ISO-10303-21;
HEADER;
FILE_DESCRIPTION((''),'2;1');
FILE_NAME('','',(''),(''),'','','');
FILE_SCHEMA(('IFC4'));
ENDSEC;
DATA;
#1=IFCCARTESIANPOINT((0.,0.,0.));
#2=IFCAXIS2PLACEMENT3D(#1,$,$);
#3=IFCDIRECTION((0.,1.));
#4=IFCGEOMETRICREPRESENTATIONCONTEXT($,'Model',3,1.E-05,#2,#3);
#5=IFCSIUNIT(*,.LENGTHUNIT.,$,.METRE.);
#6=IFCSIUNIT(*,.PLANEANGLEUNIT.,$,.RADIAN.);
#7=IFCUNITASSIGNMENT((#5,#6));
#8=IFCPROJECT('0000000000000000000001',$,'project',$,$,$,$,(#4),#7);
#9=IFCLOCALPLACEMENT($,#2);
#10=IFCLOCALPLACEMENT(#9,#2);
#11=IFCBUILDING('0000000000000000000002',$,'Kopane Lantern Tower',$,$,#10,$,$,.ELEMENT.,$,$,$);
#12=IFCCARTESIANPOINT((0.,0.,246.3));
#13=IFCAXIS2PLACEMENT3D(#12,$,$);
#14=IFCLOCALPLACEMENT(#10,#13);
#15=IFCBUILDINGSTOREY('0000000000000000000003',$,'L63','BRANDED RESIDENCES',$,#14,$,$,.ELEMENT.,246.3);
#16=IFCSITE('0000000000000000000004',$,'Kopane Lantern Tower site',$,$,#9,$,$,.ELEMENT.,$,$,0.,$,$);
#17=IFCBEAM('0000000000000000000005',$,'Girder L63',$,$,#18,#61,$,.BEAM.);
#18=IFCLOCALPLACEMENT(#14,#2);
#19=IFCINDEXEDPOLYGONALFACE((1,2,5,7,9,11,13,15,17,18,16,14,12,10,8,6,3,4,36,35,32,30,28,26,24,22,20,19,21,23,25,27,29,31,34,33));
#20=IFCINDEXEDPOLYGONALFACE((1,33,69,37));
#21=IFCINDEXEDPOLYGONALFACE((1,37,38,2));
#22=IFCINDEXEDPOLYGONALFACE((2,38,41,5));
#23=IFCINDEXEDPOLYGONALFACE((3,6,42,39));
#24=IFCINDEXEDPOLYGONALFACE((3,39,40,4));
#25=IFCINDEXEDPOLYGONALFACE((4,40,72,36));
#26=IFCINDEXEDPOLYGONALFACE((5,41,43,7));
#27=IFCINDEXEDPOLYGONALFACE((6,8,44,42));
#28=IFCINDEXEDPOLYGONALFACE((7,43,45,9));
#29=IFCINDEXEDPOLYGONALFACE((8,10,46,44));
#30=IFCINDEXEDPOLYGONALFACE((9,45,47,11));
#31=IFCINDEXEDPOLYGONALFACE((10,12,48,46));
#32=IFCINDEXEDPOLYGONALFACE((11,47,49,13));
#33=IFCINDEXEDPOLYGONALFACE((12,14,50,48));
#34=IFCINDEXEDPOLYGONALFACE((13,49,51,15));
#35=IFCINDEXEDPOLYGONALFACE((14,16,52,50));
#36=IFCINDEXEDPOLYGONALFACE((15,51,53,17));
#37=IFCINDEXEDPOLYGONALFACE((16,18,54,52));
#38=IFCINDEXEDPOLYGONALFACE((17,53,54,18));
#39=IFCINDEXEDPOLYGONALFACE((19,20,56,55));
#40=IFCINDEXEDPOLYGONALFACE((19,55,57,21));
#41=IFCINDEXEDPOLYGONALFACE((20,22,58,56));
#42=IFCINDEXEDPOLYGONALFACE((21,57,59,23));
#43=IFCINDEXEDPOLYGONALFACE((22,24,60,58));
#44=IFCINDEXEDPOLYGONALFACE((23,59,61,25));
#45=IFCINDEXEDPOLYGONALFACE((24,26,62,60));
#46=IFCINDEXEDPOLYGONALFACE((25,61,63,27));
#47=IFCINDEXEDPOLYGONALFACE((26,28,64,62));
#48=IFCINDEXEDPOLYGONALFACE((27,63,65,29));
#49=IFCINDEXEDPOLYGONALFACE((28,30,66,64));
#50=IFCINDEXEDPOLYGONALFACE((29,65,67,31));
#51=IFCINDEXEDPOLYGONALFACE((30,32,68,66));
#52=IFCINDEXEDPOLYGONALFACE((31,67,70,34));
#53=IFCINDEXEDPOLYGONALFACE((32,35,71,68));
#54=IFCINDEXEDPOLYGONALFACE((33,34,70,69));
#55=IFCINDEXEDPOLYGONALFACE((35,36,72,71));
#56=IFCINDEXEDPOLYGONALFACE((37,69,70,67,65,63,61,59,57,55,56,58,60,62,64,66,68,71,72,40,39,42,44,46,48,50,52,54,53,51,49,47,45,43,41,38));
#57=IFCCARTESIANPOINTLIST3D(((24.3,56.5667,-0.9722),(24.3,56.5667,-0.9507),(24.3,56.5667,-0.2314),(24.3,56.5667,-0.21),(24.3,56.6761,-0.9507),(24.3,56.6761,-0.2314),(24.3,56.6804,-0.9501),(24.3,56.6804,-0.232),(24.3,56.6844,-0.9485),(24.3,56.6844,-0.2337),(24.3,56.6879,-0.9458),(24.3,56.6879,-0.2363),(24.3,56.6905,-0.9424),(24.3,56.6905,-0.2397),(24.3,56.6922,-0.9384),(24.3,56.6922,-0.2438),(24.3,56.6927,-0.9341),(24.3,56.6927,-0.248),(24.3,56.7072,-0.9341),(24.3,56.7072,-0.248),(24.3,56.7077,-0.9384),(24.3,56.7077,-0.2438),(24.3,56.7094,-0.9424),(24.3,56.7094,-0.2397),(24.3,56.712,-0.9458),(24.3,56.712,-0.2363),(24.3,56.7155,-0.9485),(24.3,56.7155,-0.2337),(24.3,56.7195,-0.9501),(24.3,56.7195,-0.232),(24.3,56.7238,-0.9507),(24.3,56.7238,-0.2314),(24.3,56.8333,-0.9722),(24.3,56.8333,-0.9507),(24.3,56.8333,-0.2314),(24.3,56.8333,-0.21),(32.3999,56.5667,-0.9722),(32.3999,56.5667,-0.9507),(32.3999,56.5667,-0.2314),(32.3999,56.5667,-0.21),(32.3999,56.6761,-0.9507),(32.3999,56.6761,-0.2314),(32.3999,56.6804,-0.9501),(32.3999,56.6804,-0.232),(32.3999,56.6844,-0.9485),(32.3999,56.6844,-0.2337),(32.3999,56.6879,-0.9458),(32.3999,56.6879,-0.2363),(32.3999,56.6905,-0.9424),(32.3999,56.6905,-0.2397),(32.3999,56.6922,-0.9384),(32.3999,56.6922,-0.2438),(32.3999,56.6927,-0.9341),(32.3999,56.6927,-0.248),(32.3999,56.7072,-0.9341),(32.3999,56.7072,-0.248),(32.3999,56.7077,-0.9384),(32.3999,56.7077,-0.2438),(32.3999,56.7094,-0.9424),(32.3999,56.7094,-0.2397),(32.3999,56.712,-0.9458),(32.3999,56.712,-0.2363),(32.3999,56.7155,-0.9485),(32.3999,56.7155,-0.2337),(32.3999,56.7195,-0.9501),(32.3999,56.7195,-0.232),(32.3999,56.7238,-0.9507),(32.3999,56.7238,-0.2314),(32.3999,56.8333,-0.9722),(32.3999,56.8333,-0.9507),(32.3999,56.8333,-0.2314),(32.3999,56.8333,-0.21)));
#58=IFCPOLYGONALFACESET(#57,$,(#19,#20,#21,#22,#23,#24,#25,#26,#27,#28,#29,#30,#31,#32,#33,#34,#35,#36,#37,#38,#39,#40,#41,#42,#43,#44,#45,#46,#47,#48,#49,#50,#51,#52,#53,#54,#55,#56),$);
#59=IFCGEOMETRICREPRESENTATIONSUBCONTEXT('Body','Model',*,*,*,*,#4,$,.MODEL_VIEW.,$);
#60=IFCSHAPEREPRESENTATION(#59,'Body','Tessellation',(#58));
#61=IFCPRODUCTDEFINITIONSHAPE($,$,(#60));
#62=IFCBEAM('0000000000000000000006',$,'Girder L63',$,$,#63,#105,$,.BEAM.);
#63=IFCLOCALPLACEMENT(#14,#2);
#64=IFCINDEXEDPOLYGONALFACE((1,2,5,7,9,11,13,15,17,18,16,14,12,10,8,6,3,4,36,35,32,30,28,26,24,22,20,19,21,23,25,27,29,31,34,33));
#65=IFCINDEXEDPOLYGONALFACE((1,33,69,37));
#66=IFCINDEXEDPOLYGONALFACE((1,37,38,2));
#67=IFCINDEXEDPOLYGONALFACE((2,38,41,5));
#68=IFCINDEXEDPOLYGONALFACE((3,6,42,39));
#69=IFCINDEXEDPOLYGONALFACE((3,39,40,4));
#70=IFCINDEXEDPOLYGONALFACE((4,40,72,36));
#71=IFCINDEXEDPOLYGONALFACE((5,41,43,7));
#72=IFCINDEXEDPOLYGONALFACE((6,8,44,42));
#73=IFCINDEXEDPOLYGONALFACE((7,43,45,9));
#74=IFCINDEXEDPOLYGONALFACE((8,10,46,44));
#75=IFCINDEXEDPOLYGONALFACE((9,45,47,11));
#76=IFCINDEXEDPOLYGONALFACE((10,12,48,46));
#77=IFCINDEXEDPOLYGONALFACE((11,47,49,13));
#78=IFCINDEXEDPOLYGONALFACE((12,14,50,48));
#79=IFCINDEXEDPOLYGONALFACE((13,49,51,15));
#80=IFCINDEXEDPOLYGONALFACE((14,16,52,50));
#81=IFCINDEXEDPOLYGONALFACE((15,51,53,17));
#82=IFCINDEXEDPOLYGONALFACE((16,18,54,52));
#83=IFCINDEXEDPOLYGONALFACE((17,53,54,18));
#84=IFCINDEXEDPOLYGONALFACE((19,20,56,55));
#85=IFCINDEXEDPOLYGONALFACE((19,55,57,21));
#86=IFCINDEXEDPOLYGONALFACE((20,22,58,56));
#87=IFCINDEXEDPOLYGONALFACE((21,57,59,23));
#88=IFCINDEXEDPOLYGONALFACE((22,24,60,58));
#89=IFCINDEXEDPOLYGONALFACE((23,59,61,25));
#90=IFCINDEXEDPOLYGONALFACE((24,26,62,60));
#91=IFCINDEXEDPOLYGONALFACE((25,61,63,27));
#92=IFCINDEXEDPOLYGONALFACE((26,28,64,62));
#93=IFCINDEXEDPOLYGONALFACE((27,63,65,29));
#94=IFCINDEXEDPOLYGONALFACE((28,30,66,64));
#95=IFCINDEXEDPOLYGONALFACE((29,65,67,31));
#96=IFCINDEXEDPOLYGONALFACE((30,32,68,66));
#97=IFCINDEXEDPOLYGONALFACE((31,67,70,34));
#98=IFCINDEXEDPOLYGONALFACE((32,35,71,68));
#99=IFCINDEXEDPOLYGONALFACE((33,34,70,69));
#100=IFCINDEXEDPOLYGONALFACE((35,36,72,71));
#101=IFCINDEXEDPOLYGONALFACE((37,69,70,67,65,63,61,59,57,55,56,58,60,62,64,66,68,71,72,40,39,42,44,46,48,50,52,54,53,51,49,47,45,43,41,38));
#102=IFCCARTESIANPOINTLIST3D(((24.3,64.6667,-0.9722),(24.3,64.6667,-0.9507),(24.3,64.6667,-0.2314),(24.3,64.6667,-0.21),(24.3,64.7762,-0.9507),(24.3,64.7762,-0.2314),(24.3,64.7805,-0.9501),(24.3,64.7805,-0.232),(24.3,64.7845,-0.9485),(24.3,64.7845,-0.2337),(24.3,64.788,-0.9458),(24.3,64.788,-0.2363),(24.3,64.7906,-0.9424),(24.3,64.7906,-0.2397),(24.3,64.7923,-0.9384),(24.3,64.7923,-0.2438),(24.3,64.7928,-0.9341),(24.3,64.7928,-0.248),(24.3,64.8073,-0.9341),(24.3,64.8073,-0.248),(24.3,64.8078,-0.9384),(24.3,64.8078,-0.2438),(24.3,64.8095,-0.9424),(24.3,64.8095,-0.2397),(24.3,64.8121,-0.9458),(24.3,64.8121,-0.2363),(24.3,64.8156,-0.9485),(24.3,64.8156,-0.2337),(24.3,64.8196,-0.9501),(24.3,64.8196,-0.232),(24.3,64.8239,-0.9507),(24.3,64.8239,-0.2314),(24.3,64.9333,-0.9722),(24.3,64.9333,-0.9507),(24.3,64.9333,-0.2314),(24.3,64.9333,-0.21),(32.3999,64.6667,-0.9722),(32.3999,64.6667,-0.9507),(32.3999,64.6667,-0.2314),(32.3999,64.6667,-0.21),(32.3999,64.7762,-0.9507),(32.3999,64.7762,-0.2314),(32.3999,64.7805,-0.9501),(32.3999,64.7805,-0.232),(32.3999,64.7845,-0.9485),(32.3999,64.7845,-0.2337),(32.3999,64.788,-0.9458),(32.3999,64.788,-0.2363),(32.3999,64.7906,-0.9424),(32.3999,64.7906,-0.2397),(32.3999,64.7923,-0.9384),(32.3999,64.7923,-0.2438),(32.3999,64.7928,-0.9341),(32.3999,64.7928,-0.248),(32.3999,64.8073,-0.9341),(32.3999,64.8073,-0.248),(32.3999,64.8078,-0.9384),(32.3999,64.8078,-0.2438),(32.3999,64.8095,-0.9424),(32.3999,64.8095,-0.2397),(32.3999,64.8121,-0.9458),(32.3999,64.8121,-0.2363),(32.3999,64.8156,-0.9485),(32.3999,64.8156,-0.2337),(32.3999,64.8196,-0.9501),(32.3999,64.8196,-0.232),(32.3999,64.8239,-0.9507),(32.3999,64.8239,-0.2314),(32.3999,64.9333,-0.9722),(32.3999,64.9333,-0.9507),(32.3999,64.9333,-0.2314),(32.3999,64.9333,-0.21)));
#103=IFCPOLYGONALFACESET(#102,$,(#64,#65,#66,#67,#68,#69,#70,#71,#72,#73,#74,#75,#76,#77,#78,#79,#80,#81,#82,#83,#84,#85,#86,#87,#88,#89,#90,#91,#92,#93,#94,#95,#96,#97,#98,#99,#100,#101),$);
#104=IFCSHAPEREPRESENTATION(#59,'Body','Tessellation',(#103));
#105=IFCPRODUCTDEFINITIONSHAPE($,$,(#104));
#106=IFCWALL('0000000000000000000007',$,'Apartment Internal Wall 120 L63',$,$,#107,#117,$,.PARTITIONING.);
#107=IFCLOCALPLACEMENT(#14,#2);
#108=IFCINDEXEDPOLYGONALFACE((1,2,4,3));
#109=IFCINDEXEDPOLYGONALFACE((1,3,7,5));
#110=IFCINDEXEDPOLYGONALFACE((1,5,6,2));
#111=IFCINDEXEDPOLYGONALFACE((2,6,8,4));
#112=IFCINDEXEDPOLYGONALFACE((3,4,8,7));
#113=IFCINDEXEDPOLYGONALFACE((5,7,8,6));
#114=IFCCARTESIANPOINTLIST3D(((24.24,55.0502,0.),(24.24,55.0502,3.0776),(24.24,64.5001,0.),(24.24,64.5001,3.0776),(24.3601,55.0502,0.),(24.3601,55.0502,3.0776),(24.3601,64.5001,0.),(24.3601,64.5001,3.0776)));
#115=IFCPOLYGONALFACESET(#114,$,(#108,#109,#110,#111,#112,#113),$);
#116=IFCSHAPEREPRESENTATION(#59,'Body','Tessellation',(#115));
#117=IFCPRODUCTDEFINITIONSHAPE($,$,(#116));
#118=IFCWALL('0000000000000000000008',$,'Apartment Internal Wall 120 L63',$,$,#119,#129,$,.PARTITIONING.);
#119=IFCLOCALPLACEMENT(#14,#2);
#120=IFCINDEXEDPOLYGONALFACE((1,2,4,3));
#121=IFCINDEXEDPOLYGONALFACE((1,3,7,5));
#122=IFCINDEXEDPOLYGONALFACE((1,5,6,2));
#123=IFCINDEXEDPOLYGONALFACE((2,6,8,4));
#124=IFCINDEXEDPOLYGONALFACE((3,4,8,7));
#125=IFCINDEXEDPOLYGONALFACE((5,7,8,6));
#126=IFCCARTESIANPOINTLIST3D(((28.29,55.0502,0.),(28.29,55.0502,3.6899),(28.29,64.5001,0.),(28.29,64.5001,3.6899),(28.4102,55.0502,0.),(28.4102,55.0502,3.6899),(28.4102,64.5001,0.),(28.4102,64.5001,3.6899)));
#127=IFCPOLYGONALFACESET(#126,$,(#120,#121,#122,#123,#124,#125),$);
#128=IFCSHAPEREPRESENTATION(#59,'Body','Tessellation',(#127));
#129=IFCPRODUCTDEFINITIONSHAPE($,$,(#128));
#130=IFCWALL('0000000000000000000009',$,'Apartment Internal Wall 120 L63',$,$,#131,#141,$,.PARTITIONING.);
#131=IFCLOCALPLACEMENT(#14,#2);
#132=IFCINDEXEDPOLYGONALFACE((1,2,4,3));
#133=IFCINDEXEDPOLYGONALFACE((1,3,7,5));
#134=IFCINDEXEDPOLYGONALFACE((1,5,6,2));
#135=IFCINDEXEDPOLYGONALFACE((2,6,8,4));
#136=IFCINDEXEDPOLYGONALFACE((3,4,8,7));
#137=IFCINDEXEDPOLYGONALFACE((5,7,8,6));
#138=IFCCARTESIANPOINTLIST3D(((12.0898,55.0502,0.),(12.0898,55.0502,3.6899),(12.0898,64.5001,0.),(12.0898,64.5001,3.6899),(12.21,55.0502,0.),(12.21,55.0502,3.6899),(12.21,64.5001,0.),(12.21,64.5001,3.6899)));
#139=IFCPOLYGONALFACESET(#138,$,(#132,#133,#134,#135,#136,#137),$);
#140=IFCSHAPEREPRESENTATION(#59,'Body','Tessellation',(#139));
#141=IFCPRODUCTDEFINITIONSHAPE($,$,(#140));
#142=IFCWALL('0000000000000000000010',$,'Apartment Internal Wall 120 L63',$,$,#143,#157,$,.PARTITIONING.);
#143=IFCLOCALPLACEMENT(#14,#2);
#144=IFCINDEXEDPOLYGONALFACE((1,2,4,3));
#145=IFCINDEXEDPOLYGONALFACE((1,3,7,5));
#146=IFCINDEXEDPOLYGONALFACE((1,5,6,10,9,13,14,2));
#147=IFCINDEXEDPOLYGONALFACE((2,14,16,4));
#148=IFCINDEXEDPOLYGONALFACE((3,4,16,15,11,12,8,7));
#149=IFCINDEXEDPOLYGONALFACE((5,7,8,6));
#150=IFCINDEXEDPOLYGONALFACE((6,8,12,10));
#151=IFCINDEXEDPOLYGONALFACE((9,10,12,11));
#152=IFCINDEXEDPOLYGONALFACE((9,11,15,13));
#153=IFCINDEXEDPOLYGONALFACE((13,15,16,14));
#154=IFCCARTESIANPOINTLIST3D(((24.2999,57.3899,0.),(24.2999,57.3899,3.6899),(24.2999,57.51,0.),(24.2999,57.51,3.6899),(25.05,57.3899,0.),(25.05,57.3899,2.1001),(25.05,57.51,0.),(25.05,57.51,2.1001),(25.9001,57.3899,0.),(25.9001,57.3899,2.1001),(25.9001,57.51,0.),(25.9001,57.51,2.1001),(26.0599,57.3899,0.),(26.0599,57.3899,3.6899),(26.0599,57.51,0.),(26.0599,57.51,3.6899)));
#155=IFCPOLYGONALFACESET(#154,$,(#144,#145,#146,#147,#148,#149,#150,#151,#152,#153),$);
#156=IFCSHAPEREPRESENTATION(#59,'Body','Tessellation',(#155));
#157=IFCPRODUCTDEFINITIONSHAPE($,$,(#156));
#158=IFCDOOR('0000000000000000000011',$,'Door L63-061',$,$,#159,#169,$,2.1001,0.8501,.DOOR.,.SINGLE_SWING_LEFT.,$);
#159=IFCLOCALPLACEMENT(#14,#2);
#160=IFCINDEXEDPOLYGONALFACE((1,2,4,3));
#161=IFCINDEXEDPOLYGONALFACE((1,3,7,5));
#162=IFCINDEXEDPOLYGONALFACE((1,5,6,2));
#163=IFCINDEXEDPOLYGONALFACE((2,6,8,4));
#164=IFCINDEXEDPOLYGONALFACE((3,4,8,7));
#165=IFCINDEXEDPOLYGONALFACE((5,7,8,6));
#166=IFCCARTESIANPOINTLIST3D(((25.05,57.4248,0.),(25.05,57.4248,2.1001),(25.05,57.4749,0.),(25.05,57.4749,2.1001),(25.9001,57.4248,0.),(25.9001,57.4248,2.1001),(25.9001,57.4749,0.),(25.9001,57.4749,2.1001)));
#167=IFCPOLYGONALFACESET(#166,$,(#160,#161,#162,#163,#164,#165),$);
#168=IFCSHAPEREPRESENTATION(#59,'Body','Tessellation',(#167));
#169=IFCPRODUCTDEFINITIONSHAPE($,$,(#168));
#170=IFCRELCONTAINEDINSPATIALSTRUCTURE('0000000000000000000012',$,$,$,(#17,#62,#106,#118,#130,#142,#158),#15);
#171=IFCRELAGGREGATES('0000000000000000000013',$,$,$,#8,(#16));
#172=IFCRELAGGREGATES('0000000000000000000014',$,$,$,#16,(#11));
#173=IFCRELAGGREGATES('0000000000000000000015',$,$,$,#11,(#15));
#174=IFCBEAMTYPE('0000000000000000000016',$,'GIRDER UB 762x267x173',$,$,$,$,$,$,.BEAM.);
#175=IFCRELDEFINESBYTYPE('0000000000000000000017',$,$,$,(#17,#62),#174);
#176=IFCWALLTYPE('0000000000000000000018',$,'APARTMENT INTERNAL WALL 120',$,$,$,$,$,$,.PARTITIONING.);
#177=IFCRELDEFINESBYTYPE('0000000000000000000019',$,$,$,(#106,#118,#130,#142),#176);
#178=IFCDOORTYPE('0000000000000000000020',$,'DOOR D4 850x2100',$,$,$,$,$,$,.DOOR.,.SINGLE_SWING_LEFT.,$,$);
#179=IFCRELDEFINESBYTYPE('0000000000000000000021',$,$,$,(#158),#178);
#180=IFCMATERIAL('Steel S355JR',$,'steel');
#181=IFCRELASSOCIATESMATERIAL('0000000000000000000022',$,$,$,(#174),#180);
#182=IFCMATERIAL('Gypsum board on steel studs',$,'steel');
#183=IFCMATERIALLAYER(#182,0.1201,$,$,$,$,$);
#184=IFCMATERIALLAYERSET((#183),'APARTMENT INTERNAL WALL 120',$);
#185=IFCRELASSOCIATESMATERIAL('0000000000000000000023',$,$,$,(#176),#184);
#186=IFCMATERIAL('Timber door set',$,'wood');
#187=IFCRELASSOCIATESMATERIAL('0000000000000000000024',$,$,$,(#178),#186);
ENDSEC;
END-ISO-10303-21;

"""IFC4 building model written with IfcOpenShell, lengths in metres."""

from ifc_helpers import new_model, si_unit, direction, frame, frame_2d, origin, origin_2d, place, context, subcontext, project, spatial, rectangle, i_section, extrude, material, layer, layer_set, material_profile, profile_set, type_object, element, fill, save


model = new_model("IFC4")

# Units and contexts
model_context = context("Model", 3, precision=1e-05, world=origin(), true_north=direction((0.0, 1.0)))
body_context = subcontext(model_context, "Body", "Model", "MODEL_VIEW")
ifc_project = project(units=[si_unit("LENGTHUNIT", "METRE"), si_unit("PLANEANGLEUNIT", "RADIAN")], contexts=[model_context])

# Site, building, storey
site_placement = place(None, origin())
site = spatial("IfcSite", under=ifc_project, at=site_placement, Name="Kopane Lantern Tower site", CompositionType="ELEMENT", RefElevation=0.0)
building_placement = place(site_placement, origin())
building = spatial("IfcBuilding", under=site, at=building_placement, Name="Kopane Lantern Tower", CompositionType="ELEMENT")
storey_placement = place(building_placement, frame((0.0, 0.0, 246.3)))
storey = spatial("IfcBuildingStorey", under=building, at=storey_placement, Name="L63", Description="BRANDED RESIDENCES", CompositionType="ELEMENT", Elevation=246.3)

# Beams
ifc_material_1 = material(Name="Steel S355JR", Category="steel")
ifc_material_profile_1 = material_profile(ifc_material_1, i_section(OverallWidth=0.2666, OverallDepth=0.7622, WebThickness=0.0144, FlangeThickness=0.0215, FilletRadius=0.0166, at=origin_2d()), Name="UB 762x267x173")
ifc_profile_set_1 = profile_set([ifc_material_profile_1], Name="Steel S355JR")
beam_type = type_object("IfcBeamType", Name="GIRDER UB 762x267x173", PredefinedType="BEAM", material=ifc_profile_set_1)
for number, where, z_axis, x_axis, name in (
    (1, (24.3, 56.7, -0.5911), (1.0, 0.0, 0.0), (0.0, 1.0, 0.0), "Girder L63"),
    (2, (24.3, 64.8, -0.5911), (1.0, 0.0, 0.0), (0.0, 1.0, 0.0), "Girder L63"),
):
    element("IfcBeam", number, at=place(storey_placement, frame(where, z_axis=z_axis, x_axis=x_axis)), inside=storey, type_object=beam_type, Name=name, PredefinedType="BEAM", context=body_context, shape_type="SweptSolid", body=[
        extrude(i_section(OverallWidth=0.2666, OverallDepth=0.7622, WebThickness=0.0144, FlangeThickness=0.0215, FilletRadius=0.0166, at=origin_2d()), origin(), (0.0, 0.0, 1.0), 8.0999),
    ])

# Walls
ifc_material_2 = material(Name="Gypsum board on steel studs", Category="steel")
ifc_layer_1 = layer(ifc_material_2, 0.1201)
ifc_layer_set_1 = layer_set([ifc_layer_1], Name="APARTMENT INTERNAL WALL 120")
wall_type_1 = type_object("IfcWallType", Name="APARTMENT INTERNAL WALL 120", PredefinedType="PARTITIONING", material=ifc_layer_set_1)
wall_1_placement = place(storey_placement, frame((24.3, 55.05, 0.0), z_axis=(0.0, 0.0, 1.0), x_axis=(0.0, 1.0, 0.0)))
element("IfcWall", 3, at=wall_1_placement, inside=storey, type_object=wall_type_1, Name="Apartment Internal Wall 120 L63", PredefinedType="PARTITIONING", context=body_context, shape_type="SweptSolid", body=[
    extrude(rectangle(XDim=9.45, YDim=0.1201, at=frame_2d((4.7251, 0.0))), origin(), (0.0, 0.0, 1.0), 3.0776),
])
for number, where, z_axis, x_axis, name in (
    (4, (28.3501, 55.05, 0.0), (0.0, 0.0, 1.0), (0.0, 1.0, 0.0), "Apartment Internal Wall 120 L63"),
    (5, (12.1499, 55.05, 0.0), (0.0, 0.0, 1.0), (0.0, 1.0, 0.0), "Apartment Internal Wall 120 L63"),
):
    element("IfcWall", number, at=place(storey_placement, frame(where, z_axis=z_axis, x_axis=x_axis)), inside=storey, type_object=wall_type_1, Name=name, PredefinedType="PARTITIONING", context=body_context, shape_type="SweptSolid", body=[
        extrude(rectangle(XDim=9.45, YDim=0.1201, at=frame_2d((4.7251, 0.0))), origin(), (0.0, 0.0, 1.0), 3.6899),
    ])

# Wall, opening, door
wall_2_placement = place(storey_placement, frame((24.3, 57.45, 0.0), z_axis=(0.0, 0.0, 1.0), x_axis=(1.0, 0.0, 0.0)))
wall_2 = element("IfcWall", 6, at=wall_2_placement, inside=storey, type_object=wall_type_1, Name="Apartment Internal Wall 120 L63", PredefinedType="PARTITIONING", context=body_context, shape_type="SweptSolid", body=[
    extrude(rectangle(XDim=1.76, YDim=0.1201, at=frame_2d((0.8799, 0.0))), origin(), (0.0, 0.0, 1.0), 3.6899),
])
opening_1_placement = place(wall_2_placement, frame((0.75, 0.0, 0.0)))
opening_1 = element("IfcOpeningElement", 7, at=opening_1_placement, cuts=wall_2, PredefinedType="OPENING", context=body_context, shape_type="SweptSolid", body=[
    extrude(rectangle(XDim=0.8501, YDim=2.1001, at=frame_2d((0.425, 1.05))), frame((0.0, 0.0701, 0.0), z_axis=(0.0, -1.0, 0.0), x_axis=(1.0, 0.0, 0.0)), (0.0, 0.0, 1.0), 0.1401),
])
ifc_material_3 = material(Name="Timber door set", Category="wood")
door_type_1 = type_object("IfcDoorType", Name="DOOR D4 850x2100", OperationType="SINGLE_SWING_LEFT", PredefinedType="DOOR", material=ifc_material_3)
door_1_placement = place(opening_1_placement, origin())
door_1 = element("IfcDoor", 8, at=door_1_placement, inside=storey, type_object=door_type_1, Name="Door L63-061", OperationType="SINGLE_SWING_LEFT", OverallHeight=2.1001, OverallWidth=0.8501, PredefinedType="DOOR", context=body_context, shape_type="SweptSolid", body=[
    extrude(rectangle(XDim=0.8501, YDim=2.1001, at=frame_2d((0.425, 1.05))), frame((0.0, 0.0249, 0.0), z_axis=(0.0, -1.0, 0.0), x_axis=(1.0, 0.0, 0.0)), (0.0, 0.0, 1.0), 0.05),
])
fill(opening_1, door_1)

save(model, "model.ifc")
